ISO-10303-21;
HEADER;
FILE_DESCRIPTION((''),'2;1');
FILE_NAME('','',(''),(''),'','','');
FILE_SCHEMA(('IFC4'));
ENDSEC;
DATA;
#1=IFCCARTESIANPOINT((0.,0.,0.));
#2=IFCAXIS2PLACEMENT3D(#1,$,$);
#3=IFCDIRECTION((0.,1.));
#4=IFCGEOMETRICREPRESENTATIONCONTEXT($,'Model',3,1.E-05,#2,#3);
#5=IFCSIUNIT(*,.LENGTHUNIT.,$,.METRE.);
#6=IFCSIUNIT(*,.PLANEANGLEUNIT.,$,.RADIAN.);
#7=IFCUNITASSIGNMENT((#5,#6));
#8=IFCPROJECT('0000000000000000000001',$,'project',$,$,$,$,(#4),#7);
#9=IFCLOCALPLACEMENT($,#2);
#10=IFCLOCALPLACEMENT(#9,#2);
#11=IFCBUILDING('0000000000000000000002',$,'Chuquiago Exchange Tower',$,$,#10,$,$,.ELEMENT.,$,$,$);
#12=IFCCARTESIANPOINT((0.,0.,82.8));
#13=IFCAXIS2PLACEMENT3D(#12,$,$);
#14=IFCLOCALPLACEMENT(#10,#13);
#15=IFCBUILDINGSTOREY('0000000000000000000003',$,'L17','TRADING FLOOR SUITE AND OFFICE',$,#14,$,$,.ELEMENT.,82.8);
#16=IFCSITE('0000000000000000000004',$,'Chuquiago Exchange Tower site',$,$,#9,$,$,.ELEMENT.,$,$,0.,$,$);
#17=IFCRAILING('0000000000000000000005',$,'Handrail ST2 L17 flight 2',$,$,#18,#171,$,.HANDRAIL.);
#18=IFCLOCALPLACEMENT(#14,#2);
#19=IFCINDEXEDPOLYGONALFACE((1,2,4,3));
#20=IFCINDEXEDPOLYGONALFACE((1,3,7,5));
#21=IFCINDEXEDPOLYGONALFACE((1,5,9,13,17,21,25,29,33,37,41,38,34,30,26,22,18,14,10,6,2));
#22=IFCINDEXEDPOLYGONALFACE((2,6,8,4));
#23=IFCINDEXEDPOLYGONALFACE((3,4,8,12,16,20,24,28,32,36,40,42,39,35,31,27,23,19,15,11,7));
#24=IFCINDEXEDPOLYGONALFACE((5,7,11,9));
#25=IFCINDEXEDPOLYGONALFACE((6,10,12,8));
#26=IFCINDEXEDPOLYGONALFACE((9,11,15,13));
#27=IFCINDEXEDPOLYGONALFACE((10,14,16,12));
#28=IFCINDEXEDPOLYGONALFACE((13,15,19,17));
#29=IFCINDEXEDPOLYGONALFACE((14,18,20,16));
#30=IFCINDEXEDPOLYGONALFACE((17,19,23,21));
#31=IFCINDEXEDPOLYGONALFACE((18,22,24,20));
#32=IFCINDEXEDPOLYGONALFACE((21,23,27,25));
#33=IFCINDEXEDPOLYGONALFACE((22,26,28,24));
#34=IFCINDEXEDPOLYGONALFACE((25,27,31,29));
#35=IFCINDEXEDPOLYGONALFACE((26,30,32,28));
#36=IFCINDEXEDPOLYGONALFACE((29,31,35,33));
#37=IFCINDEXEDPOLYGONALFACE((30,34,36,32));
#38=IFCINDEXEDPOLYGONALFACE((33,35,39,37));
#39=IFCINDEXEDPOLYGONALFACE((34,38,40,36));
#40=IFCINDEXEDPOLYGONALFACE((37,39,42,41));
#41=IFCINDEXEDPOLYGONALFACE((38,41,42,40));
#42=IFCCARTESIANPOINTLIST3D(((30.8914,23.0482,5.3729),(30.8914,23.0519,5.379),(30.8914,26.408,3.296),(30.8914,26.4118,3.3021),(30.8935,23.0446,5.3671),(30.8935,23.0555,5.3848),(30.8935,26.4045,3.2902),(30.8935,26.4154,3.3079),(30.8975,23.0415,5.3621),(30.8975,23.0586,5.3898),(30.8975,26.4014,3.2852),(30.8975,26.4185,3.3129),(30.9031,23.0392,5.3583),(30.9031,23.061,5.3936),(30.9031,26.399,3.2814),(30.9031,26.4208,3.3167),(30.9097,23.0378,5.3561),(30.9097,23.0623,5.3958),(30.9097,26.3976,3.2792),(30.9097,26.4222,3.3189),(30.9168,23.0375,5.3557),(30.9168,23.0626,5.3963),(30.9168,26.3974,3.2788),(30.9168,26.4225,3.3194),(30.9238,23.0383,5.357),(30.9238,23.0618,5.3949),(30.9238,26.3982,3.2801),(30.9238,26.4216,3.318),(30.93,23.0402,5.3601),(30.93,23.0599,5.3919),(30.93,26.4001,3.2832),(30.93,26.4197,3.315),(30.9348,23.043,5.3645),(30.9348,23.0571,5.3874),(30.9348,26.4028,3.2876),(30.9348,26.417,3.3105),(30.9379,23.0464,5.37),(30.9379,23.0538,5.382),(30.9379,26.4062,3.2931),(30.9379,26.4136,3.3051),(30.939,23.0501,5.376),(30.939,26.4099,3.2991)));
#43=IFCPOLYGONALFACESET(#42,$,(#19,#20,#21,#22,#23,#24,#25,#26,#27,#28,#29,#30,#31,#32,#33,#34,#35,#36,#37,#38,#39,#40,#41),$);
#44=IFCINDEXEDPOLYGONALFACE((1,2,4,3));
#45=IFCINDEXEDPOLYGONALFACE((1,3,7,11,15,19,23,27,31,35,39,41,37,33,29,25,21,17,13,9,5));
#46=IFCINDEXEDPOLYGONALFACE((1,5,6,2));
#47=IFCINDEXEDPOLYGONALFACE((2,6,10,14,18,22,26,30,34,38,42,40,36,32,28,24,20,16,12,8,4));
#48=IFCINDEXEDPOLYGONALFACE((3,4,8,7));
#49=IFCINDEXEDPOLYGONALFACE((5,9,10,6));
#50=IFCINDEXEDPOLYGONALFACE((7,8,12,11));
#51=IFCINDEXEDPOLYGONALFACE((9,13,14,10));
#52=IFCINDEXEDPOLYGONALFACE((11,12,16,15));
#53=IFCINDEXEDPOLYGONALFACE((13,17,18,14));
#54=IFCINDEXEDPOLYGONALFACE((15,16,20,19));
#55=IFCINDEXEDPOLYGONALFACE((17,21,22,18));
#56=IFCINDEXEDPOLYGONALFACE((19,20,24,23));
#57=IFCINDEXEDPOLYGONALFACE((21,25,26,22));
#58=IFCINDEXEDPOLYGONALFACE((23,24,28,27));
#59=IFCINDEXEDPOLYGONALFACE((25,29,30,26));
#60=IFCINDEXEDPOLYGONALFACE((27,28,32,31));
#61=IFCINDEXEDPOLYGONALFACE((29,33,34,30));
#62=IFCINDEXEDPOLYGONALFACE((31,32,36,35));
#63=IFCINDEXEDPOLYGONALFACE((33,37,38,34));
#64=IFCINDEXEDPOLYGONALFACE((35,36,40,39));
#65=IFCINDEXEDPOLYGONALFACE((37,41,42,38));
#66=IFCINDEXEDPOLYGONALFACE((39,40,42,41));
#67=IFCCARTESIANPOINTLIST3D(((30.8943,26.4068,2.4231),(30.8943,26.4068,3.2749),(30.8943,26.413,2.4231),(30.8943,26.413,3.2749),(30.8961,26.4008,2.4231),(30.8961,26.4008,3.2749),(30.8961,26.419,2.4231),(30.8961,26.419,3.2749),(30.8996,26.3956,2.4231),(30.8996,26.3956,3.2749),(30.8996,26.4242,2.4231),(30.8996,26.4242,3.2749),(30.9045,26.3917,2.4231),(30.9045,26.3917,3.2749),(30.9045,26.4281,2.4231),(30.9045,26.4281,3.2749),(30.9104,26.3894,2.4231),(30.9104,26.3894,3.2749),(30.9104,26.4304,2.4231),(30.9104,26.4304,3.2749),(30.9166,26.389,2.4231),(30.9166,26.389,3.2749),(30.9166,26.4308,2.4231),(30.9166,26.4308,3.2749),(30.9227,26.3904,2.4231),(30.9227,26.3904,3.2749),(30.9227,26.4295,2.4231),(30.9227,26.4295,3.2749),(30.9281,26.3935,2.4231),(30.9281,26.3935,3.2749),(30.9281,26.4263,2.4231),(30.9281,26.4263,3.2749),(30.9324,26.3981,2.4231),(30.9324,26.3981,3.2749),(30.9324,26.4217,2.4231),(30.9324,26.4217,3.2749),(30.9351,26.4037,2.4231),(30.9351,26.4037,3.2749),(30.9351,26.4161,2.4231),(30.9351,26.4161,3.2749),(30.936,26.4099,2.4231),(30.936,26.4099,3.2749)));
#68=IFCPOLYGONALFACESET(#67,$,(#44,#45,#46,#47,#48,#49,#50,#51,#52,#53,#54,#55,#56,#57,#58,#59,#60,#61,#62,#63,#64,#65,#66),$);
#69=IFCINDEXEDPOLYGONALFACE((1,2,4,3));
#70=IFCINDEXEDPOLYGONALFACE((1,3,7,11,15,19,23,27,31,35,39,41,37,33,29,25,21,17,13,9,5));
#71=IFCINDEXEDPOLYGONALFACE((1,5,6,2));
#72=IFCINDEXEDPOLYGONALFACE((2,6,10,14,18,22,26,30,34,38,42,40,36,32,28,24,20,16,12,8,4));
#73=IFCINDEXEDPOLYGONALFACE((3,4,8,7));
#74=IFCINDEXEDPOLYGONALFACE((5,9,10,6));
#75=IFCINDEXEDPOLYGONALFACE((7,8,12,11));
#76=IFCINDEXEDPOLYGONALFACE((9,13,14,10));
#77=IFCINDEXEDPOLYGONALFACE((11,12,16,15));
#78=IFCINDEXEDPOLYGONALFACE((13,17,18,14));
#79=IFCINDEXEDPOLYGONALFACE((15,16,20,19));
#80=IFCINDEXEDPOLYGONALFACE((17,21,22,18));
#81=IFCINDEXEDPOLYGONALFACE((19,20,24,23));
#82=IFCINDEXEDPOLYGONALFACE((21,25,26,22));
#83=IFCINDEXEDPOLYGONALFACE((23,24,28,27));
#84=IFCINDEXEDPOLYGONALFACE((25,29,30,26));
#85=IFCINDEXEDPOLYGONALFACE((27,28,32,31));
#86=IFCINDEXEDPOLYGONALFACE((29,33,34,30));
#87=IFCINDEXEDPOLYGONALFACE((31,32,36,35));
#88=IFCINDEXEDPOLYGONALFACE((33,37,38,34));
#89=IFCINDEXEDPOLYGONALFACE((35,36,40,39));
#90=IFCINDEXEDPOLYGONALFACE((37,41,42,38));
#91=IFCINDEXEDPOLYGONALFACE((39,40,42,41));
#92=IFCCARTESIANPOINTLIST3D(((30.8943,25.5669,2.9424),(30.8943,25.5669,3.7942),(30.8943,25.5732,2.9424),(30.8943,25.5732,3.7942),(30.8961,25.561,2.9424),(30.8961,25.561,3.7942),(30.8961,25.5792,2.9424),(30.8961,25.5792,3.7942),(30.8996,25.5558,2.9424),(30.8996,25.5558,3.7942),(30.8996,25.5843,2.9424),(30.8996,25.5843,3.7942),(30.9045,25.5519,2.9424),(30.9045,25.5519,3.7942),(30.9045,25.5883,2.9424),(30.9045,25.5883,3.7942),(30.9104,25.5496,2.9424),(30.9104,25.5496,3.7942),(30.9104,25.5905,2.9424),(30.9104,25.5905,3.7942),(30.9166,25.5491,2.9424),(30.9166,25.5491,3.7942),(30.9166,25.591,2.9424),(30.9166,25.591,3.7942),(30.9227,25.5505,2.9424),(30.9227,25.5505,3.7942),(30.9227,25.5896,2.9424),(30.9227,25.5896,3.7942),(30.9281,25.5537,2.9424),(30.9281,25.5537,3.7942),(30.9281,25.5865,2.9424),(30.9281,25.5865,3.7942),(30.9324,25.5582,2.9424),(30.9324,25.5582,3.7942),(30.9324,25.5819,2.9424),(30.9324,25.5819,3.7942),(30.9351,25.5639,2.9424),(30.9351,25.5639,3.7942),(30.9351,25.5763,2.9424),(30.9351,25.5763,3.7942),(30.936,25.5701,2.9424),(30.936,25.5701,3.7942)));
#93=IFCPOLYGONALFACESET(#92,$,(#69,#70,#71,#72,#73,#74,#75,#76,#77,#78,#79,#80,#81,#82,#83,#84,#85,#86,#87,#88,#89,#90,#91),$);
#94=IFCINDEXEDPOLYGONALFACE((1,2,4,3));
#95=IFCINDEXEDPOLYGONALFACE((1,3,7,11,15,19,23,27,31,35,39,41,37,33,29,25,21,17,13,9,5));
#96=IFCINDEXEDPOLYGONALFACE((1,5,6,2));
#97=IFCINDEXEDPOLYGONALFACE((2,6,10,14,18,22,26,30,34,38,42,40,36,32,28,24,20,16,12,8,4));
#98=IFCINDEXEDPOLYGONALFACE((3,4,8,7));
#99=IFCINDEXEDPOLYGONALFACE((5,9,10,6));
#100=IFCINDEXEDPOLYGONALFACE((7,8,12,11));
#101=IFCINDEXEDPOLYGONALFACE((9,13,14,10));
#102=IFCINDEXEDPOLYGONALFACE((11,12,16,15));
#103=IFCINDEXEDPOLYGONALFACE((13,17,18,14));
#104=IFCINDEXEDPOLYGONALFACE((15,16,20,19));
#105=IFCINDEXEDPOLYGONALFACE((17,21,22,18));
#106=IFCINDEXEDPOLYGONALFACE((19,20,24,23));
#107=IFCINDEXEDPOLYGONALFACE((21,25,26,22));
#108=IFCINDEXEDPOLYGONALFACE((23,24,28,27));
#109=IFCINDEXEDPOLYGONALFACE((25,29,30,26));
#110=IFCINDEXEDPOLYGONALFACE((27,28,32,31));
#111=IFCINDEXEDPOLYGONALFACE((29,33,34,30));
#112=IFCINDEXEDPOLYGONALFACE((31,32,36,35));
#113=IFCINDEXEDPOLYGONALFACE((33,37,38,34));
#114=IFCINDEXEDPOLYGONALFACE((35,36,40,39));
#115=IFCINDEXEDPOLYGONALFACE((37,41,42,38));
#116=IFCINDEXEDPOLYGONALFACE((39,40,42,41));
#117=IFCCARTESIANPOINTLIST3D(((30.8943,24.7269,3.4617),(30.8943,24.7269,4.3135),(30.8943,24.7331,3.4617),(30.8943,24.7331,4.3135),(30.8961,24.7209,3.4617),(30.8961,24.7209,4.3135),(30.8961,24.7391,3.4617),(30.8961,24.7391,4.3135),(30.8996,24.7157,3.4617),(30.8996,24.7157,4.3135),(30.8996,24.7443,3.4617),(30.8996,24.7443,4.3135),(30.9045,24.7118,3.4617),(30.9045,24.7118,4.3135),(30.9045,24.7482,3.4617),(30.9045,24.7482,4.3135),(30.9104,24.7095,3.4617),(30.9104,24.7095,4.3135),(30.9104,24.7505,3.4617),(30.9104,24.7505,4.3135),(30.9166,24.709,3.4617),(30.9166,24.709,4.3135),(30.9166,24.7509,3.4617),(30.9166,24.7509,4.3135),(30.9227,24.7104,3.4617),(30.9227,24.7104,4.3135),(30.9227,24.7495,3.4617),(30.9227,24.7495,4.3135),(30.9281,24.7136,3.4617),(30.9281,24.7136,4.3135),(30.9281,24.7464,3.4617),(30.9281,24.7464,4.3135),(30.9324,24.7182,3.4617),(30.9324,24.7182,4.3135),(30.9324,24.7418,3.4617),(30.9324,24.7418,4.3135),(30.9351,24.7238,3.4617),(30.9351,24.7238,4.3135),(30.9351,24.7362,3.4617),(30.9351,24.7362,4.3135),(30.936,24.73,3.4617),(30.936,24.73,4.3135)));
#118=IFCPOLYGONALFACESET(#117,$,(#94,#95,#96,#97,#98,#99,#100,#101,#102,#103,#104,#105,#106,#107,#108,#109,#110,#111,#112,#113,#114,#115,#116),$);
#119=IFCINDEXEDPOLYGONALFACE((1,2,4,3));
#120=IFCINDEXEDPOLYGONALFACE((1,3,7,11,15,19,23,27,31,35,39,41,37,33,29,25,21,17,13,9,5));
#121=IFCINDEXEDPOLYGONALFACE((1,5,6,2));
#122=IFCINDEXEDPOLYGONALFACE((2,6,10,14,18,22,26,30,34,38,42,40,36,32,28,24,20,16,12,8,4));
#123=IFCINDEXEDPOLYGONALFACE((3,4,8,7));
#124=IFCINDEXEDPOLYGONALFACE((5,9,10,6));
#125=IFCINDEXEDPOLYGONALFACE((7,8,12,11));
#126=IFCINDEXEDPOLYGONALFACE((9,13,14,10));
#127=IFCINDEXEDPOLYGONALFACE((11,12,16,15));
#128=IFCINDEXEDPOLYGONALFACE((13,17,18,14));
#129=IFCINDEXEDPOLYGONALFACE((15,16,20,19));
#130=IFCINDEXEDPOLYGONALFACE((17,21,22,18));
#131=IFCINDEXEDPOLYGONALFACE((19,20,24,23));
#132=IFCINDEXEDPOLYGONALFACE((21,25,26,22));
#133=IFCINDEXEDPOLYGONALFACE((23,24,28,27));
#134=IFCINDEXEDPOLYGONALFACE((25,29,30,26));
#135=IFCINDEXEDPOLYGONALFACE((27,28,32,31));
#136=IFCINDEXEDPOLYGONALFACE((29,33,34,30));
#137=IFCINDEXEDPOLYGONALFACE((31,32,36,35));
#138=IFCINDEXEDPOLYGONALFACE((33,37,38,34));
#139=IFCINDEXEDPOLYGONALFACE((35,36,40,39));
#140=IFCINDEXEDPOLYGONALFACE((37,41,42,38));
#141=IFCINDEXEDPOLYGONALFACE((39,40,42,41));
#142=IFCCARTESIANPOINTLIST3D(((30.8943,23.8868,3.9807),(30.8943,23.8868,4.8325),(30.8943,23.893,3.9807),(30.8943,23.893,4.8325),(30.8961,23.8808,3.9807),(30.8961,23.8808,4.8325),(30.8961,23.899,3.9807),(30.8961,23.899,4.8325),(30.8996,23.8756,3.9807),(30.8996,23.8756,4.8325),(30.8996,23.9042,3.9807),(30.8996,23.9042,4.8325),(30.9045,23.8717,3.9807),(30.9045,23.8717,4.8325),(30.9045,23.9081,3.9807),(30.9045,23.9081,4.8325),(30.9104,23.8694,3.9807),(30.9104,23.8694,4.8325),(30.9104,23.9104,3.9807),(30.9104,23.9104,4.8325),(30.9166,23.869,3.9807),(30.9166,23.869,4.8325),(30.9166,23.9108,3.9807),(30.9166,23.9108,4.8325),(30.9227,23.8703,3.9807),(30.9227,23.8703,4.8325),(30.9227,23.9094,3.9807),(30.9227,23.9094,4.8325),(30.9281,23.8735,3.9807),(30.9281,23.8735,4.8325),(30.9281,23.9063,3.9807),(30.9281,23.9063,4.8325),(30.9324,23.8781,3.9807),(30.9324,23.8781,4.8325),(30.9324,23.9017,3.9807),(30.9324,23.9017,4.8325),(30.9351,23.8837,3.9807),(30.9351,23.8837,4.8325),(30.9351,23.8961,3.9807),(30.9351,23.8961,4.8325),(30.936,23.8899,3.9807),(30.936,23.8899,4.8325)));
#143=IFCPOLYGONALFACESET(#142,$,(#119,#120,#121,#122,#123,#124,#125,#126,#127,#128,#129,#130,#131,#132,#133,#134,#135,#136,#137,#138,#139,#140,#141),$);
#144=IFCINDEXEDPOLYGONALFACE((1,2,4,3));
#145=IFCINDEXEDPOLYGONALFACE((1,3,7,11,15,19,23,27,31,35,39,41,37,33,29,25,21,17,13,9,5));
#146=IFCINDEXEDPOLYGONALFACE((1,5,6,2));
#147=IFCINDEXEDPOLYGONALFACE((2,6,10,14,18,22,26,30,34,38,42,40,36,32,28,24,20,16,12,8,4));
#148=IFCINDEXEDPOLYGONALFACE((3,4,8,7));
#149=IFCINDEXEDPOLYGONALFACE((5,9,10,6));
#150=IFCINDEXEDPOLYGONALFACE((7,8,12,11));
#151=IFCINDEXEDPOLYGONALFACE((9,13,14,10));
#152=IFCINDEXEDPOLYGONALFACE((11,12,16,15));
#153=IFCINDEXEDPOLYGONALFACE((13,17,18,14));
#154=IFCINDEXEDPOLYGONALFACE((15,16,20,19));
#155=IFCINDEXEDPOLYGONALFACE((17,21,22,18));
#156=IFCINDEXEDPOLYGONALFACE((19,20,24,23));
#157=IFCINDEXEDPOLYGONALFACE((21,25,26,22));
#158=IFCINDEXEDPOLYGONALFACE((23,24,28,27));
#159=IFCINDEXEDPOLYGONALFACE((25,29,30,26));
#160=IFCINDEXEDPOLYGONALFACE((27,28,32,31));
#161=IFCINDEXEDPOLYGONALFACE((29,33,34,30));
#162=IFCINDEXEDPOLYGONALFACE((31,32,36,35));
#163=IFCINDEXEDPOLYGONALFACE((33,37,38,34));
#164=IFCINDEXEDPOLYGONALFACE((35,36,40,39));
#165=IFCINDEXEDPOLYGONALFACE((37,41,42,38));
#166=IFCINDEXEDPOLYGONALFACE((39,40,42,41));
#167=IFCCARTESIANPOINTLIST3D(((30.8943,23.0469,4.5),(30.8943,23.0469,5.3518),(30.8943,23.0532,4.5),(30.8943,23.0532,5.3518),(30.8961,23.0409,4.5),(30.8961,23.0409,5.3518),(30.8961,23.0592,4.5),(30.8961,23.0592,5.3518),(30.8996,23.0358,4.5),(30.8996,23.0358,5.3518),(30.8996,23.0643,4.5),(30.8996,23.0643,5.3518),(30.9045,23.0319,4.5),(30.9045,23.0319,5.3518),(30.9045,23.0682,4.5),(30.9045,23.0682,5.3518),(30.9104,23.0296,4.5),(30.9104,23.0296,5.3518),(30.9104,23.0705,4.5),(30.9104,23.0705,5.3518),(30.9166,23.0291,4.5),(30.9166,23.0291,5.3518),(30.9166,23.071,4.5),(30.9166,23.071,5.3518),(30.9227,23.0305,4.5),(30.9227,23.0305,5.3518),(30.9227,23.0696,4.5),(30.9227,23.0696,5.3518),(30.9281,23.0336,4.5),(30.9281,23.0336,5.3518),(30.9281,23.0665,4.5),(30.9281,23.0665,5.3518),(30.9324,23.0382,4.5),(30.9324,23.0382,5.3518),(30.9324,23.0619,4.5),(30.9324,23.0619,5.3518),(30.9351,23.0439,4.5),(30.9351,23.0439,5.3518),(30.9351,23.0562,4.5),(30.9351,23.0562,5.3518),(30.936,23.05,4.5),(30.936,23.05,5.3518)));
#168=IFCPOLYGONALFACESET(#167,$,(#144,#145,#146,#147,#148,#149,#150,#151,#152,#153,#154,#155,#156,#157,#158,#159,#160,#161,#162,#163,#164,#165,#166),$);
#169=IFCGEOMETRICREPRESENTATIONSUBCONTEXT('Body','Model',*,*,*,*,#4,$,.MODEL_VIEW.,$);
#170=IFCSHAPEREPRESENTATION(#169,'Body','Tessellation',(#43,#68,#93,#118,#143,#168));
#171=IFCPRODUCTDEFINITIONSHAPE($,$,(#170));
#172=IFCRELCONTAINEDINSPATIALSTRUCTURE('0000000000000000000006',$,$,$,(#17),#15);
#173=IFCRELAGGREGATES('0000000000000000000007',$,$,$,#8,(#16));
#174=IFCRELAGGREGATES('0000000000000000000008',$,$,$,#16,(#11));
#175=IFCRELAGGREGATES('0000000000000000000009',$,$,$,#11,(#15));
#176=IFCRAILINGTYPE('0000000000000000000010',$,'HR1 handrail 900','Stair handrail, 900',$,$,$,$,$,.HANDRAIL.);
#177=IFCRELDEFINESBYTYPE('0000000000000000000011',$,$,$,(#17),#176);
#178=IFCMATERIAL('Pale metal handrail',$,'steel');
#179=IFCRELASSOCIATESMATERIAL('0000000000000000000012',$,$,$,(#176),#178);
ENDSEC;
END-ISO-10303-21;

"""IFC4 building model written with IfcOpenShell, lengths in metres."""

from ifc_helpers import new_model, si_unit, direction, frame, origin, origin_2d, place, context, subcontext, project, spatial, circle, extrude, material, type_object, element, save


model = new_model("IFC4")

# Units and contexts
model_context = context("Model", 3, precision=1e-05, world=origin(), true_north=direction((0.0, 1.0)))
body_context = subcontext(model_context, "Body", "Model", "MODEL_VIEW")
ifc_project = project(units=[si_unit("LENGTHUNIT", "METRE"), si_unit("PLANEANGLEUNIT", "RADIAN")], contexts=[model_context])

# Site, building, storey
site_placement = place(None, origin())
site = spatial("IfcSite", under=ifc_project, at=site_placement, Name="Chuquiago Exchange Tower site", CompositionType="ELEMENT", RefElevation=0.0)
building_placement = place(site_placement, origin())
building = spatial("IfcBuilding", under=site, at=building_placement, Name="Chuquiago Exchange Tower", CompositionType="ELEMENT")
storey_placement = place(building_placement, frame((0.0, 0.0, 82.8)))
storey = spatial("IfcBuildingStorey", under=building, at=storey_placement, Name="L17", Description="TRADING FLOOR SUITE AND OFFICE", CompositionType="ELEMENT", Elevation=82.8)

# Railing
ifc_material_1 = material(Name="Pale metal handrail", Category="steel")
railing_type_1 = type_object("IfcRailingType", Name="HR1 handrail 900", Description="Stair handrail, 900", PredefinedType="HANDRAIL", material=ifc_material_1)
for number, where, name in (
    (1, (30.915, 26.4099, 2.4231), "Handrail ST2 L17 flight 2"),
):
    element("IfcRailing", number, at=place(storey_placement, frame(where)), inside=storey, type_object=railing_type_1, Name=name, PredefinedType="HANDRAIL", context=body_context, shape_type="SweptSolid", body=[
        extrude(circle(Radius=0.0239, at=origin_2d()), frame((0.0, 0.0, 0.876), z_axis=(0.0, -0.850606, 0.525803), x_axis=(1.0, 0.0, 0.0)), (0.0, 0.0, 1.0), 3.95),
        extrude(circle(Radius=0.021, at=origin_2d()), origin(), (0.0, 0.0, 1.0), 0.8518),
        extrude(circle(Radius=0.021, at=origin_2d()), frame((0.0, -0.8398, 0.5193)), (0.0, 0.0, 1.0), 0.8518),
        extrude(circle(Radius=0.021, at=origin_2d()), frame((0.0, -1.6799, 1.0386)), (0.0, 0.0, 1.0), 0.8518),
        extrude(circle(Radius=0.021, at=origin_2d()), frame((0.0, -2.52, 1.5576)), (0.0, 0.0, 1.0), 0.8518),
        extrude(circle(Radius=0.021, at=origin_2d()), frame((0.0, -3.3599, 2.0769)), (0.0, 0.0, 1.0), 0.8518),
    ])

save(model, "model.ifc")
